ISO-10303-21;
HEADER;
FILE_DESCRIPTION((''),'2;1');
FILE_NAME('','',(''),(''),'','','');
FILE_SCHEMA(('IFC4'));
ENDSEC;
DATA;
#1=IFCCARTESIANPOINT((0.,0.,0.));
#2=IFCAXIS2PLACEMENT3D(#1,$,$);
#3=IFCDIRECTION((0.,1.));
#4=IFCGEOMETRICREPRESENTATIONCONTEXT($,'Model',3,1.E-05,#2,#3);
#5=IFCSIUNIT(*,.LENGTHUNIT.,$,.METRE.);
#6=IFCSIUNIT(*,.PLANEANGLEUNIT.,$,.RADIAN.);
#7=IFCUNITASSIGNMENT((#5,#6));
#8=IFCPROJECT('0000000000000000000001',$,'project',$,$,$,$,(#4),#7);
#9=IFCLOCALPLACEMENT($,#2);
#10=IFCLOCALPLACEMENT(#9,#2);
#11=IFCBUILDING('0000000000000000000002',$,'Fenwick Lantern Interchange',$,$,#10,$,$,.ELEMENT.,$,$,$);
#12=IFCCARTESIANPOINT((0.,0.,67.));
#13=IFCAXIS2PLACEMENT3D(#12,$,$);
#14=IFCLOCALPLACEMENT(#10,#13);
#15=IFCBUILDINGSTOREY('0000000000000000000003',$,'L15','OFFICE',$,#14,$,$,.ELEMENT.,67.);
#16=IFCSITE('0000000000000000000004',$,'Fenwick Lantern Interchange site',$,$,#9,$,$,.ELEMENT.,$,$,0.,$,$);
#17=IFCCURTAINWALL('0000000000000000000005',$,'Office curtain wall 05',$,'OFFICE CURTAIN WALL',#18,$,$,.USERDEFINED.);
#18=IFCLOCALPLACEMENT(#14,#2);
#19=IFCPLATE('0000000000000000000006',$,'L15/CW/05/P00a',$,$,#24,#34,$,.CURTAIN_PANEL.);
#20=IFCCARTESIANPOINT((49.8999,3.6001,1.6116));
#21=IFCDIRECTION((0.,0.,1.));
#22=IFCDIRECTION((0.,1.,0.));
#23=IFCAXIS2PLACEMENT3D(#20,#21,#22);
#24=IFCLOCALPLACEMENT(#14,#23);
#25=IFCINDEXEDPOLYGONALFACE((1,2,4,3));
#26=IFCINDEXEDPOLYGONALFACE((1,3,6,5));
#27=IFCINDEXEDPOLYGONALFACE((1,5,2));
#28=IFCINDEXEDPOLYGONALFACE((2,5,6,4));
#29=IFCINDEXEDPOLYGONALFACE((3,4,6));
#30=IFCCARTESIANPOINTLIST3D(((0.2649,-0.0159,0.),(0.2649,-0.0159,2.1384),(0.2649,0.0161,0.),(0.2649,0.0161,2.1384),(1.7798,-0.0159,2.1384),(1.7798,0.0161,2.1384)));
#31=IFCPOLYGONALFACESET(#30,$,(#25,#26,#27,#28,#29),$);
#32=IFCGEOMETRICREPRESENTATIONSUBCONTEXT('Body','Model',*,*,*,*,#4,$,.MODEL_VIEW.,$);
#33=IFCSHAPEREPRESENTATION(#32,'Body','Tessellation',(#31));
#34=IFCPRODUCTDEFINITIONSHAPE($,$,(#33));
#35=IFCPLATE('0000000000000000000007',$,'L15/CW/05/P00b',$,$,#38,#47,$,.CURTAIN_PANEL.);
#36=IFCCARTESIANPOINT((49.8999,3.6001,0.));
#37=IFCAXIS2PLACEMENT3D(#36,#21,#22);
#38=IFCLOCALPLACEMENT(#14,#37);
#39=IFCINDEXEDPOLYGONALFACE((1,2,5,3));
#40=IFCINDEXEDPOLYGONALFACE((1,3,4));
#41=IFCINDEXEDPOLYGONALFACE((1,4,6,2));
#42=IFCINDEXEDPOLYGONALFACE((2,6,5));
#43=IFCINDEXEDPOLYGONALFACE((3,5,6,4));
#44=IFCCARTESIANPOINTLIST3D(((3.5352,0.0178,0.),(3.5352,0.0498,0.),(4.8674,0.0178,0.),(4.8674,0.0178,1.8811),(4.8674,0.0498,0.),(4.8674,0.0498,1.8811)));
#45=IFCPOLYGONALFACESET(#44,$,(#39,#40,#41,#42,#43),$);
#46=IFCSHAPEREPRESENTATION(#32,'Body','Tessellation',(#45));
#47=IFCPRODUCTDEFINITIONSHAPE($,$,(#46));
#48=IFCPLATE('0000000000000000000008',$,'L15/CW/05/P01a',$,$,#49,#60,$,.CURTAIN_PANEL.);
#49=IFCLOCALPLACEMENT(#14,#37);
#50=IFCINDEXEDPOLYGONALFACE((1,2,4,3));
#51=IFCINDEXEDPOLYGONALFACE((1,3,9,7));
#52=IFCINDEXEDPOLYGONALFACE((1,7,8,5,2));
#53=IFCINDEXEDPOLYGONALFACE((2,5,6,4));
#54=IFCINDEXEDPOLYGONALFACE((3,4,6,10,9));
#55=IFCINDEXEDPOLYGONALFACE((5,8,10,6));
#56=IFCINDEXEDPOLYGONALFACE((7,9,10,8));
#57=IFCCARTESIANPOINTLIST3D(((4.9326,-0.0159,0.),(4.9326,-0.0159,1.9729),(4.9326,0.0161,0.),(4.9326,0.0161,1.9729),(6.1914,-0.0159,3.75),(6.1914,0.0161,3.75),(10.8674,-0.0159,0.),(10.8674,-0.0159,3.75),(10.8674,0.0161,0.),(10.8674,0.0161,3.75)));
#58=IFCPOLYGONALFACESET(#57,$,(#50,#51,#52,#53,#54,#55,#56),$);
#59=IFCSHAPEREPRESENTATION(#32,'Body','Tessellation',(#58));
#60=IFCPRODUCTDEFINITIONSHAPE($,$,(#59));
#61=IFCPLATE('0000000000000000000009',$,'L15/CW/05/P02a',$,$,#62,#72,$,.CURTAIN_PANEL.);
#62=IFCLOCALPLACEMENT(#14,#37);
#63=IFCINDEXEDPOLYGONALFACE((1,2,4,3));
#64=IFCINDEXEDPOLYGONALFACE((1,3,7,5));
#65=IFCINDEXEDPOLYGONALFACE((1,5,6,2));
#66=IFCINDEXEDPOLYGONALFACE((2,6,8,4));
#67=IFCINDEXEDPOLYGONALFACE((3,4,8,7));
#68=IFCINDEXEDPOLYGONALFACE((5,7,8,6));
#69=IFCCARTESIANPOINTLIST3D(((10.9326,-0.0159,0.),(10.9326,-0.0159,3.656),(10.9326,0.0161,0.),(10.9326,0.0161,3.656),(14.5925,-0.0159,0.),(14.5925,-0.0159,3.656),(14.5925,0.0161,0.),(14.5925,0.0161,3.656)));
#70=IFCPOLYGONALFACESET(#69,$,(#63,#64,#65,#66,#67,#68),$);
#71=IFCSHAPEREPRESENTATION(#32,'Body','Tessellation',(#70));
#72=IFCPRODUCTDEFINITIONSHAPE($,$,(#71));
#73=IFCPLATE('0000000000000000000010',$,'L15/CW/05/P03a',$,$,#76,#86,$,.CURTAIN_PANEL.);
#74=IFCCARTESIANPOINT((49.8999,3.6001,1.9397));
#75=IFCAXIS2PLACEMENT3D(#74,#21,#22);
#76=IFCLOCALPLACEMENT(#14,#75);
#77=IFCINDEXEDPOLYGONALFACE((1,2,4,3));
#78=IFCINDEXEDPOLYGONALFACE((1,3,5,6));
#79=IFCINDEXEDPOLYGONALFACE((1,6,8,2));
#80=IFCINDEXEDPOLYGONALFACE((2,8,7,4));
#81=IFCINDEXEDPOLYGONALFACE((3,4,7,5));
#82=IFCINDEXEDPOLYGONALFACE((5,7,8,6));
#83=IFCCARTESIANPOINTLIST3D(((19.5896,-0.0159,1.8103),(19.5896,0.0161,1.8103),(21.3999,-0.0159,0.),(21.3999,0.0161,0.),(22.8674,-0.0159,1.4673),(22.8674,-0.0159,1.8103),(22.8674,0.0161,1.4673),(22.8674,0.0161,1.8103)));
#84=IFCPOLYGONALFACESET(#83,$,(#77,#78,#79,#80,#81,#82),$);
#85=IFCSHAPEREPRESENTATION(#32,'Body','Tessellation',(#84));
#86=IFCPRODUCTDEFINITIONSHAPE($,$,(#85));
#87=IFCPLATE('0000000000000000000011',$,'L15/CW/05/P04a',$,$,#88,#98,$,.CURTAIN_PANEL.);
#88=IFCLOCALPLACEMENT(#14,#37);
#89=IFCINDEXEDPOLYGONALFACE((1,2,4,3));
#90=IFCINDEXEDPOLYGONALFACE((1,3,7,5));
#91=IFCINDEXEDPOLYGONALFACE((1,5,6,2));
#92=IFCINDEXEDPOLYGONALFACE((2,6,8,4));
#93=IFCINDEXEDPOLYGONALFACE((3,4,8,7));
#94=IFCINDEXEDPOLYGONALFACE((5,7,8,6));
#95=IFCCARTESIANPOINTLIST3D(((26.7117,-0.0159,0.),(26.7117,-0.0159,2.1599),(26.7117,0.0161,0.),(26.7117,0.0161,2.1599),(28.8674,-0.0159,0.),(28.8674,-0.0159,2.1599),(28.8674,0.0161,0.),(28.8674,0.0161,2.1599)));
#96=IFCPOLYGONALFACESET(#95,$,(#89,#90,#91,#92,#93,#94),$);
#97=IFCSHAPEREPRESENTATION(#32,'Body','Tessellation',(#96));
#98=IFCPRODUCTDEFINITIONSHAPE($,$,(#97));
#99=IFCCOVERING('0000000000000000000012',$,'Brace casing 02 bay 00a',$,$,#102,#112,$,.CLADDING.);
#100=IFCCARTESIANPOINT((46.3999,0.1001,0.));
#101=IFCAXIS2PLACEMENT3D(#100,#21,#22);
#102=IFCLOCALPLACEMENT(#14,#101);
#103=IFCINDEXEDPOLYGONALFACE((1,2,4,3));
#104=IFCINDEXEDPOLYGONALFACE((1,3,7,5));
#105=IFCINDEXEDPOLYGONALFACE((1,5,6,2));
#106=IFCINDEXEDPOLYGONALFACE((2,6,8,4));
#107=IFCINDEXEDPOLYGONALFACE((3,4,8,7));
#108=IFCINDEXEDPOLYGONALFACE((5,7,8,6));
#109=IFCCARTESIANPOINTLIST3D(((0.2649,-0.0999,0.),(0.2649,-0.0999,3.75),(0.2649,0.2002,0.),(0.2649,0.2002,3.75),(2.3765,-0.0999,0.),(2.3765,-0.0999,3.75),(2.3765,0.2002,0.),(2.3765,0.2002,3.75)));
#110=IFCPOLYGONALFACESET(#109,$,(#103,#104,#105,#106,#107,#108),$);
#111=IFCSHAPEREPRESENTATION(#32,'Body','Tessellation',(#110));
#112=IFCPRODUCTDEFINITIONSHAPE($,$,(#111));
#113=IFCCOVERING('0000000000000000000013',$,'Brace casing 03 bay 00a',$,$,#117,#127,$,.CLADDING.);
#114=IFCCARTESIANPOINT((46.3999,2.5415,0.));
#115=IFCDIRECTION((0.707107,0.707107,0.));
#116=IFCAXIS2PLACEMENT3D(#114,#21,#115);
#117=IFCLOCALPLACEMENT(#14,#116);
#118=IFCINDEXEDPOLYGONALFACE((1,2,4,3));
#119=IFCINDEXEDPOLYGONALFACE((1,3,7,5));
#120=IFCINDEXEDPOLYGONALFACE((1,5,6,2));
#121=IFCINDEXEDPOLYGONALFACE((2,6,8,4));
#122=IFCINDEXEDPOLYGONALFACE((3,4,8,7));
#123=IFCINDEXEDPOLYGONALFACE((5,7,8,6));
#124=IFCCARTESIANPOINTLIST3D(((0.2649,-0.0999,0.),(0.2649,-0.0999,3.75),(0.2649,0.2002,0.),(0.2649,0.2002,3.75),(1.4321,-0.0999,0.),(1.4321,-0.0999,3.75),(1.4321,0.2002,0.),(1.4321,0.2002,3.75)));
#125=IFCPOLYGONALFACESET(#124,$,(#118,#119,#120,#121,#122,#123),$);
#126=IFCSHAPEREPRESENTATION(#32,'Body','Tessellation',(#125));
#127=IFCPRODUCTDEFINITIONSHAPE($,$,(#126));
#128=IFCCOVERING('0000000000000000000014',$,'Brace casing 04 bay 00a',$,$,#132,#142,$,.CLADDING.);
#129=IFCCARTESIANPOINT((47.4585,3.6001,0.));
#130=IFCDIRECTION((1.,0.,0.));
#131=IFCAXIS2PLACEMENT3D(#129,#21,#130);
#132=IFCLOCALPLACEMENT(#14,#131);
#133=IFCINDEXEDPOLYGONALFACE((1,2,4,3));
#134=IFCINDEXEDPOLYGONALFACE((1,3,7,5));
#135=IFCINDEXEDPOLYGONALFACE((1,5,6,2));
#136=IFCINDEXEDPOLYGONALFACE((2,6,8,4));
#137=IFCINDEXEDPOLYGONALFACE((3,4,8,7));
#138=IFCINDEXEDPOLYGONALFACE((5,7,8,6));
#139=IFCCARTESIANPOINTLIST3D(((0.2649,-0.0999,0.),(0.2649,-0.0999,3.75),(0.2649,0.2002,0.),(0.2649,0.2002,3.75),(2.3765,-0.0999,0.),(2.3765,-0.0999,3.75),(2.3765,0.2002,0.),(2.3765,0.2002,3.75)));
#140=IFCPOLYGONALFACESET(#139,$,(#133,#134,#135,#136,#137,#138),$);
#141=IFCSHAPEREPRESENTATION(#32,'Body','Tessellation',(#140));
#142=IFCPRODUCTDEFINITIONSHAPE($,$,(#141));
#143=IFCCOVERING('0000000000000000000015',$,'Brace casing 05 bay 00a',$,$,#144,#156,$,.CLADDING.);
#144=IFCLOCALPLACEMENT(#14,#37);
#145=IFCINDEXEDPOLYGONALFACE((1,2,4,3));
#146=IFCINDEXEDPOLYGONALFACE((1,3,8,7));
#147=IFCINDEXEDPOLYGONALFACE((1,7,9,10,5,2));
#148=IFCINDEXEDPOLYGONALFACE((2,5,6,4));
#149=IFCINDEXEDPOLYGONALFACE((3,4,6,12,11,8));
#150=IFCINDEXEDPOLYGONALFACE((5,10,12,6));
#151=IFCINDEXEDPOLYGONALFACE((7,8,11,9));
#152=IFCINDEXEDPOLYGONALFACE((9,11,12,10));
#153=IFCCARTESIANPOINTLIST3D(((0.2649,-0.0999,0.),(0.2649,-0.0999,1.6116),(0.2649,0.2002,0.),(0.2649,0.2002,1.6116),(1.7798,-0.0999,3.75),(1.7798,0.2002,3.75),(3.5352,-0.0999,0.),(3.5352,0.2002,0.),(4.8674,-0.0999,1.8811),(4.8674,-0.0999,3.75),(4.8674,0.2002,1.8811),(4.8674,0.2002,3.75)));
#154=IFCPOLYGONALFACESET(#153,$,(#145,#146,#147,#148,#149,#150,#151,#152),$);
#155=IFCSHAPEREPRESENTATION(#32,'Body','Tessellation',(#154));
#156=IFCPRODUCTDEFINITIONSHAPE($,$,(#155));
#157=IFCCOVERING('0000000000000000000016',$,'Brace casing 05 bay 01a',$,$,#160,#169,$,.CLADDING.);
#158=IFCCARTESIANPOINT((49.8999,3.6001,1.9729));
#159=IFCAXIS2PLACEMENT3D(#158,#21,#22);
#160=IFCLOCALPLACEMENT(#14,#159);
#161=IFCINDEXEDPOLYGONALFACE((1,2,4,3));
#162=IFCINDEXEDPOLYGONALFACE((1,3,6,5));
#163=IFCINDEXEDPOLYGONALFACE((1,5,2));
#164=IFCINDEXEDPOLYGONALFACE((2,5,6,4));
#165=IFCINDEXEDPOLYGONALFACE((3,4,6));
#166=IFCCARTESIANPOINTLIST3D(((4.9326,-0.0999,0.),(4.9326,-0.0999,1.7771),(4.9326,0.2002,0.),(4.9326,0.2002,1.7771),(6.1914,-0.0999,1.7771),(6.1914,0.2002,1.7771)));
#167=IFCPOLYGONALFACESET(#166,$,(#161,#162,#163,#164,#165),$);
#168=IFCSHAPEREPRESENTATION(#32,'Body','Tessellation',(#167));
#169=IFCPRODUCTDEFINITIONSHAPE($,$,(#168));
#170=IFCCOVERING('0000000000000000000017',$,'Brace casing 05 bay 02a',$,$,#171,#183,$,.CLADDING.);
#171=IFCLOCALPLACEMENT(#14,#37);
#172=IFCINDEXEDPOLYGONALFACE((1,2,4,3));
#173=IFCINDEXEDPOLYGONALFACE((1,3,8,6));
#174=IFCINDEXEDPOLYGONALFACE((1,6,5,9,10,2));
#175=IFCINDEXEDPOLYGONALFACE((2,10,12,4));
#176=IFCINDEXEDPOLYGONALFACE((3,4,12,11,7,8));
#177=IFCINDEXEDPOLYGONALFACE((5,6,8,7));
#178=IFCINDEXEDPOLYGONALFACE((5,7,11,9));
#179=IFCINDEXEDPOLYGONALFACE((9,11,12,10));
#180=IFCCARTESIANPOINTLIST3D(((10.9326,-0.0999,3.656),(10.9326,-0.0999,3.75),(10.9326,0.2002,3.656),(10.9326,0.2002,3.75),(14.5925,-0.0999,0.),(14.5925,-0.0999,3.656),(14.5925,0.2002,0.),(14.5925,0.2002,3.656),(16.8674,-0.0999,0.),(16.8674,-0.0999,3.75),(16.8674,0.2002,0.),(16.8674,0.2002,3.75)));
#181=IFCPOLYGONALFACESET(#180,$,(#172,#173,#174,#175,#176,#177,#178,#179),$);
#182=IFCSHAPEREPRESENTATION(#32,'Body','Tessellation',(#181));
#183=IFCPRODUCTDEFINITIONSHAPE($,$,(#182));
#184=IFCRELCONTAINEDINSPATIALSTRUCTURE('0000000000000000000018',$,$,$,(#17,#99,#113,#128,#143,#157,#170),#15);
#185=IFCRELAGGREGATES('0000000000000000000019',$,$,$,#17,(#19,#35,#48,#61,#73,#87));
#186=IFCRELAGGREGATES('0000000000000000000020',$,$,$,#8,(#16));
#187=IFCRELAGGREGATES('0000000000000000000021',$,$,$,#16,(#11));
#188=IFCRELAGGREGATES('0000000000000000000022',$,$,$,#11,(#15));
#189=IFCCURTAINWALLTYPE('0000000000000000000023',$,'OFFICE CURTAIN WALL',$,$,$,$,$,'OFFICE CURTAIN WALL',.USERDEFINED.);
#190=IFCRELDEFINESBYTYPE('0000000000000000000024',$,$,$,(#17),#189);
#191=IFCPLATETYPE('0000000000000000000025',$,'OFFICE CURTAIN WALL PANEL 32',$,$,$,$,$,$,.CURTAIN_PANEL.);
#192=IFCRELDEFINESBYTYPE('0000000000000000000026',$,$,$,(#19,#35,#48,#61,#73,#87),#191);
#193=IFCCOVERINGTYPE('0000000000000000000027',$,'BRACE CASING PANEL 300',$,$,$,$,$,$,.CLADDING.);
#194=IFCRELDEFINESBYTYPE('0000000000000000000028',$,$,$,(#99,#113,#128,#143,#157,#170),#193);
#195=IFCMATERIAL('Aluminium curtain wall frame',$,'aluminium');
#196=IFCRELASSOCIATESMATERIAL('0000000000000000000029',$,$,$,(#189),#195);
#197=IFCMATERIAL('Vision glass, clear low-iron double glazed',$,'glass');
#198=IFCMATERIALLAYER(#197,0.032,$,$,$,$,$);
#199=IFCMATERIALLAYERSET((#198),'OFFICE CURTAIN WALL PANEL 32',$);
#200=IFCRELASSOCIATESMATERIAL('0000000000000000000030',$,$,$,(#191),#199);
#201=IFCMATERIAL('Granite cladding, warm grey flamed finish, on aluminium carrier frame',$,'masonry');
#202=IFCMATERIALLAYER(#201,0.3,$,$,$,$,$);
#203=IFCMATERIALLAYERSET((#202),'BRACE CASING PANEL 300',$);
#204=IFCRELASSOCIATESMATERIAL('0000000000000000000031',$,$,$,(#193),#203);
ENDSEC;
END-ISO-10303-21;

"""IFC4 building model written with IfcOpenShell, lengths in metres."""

from ifc_helpers import new_model, si_unit, direction, frame, origin, place, context, subcontext, project, spatial, polyline, outline, extrude, material, layer, layer_set, type_object, element, aggregate, save


model = new_model("IFC4")

# Units and contexts
model_context = context("Model", 3, precision=1e-05, world=origin(), true_north=direction((0.0, 1.0)))
body_context = subcontext(model_context, "Body", "Model", "MODEL_VIEW")
ifc_project = project(units=[si_unit("LENGTHUNIT", "METRE"), si_unit("PLANEANGLEUNIT", "RADIAN")], contexts=[model_context])

# Site, building, storey
site_placement = place(None, origin())
site = spatial("IfcSite", under=ifc_project, at=site_placement, Name="Fenwick Lantern Interchange site", CompositionType="ELEMENT", RefElevation=0.0)
building_placement = place(site_placement, origin())
building = spatial("IfcBuilding", under=site, at=building_placement, Name="Fenwick Lantern Interchange", CompositionType="ELEMENT")
storey_placement = place(building_placement, frame((0.0, 0.0, 67.0)))
storey = spatial("IfcBuildingStorey", under=building, at=storey_placement, Name="L15", Description="OFFICE", CompositionType="ELEMENT", Elevation=67.0)

# Shared definitions
ifc_material_1 = material(Name="Aluminium curtain wall frame", Category="aluminium")
curtain_wall_type = type_object("IfcCurtainWallType", Name="OFFICE CURTAIN WALL", ElementType="OFFICE CURTAIN WALL", PredefinedType="USERDEFINED", material=ifc_material_1)

# Curtain wall, plates
curtain_wall_1_placement = place(storey_placement, origin())
curtain_wall_1 = element("IfcCurtainWall", 1, at=curtain_wall_1_placement, inside=storey, type_object=curtain_wall_type, Name="Office curtain wall 05", ObjectType="OFFICE CURTAIN WALL", PredefinedType="USERDEFINED")
ifc_material_2 = material(Name="Vision glass, clear low-iron double glazed", Category="glass")
ifc_layer_1 = layer(ifc_material_2, 0.032)
ifc_layer_set_1 = layer_set([ifc_layer_1], Name="OFFICE CURTAIN WALL PANEL 32")
plate_type = type_object("IfcPlateType", Name="OFFICE CURTAIN WALL PANEL 32", PredefinedType="CURTAIN_PANEL", material=ifc_layer_set_1)
plate_1_placement = place(storey_placement, frame((49.8999, 3.6001, 1.6116), z_axis=(0.0, 0.0, 1.0), x_axis=(0.0, 1.0, 0.0)))
plate_1 = element("IfcPlate", 2, at=plate_1_placement, type_object=plate_type, Name="L15/CW/05/P00a", PredefinedType="CURTAIN_PANEL", context=body_context, shape_type="SweptSolid", body=[
    extrude(outline(polyline([(0.2649, 0.0), (1.7798, 2.1384), (0.2649, 2.1384), (0.2649, 0.0)])), frame((0.0, 0.0161, 0.0), z_axis=(0.0, -1.0, 0.0), x_axis=(1.0, 0.0, 0.0)), (0.0, 0.0, 1.0), 0.032),
])
plate_2_placement = place(storey_placement, frame((49.8999, 3.6001, 0.0), z_axis=(0.0, 0.0, 1.0), x_axis=(0.0, 1.0, 0.0)))
plate_2 = element("IfcPlate", 3, at=plate_2_placement, type_object=plate_type, Name="L15/CW/05/P00b", PredefinedType="CURTAIN_PANEL", context=body_context, shape_type="SweptSolid", body=[
    extrude(outline(polyline([(3.5352, 0.0), (4.8674, 0.0), (4.8674, 1.8811), (3.5352, 0.0)])), frame((0.0, 0.0498, 0.0), z_axis=(0.0, -1.0, 0.0), x_axis=(1.0, 0.0, 0.0)), (0.0, 0.0, 1.0), 0.032),
])
plate_3_placement = place(storey_placement, frame((49.8999, 3.6001, 0.0), z_axis=(0.0, 0.0, 1.0), x_axis=(0.0, 1.0, 0.0)))
plate_3 = element("IfcPlate", 4, at=plate_3_placement, type_object=plate_type, Name="L15/CW/05/P01a", PredefinedType="CURTAIN_PANEL", context=body_context, shape_type="SweptSolid", body=[
    extrude(outline(polyline([(4.9326, 0.0), (10.8674, 0.0), (10.8674, 3.75), (6.1914, 3.75), (4.9326, 1.9729), (4.9326, 0.0)])), frame((0.0, 0.0161, 0.0), z_axis=(0.0, -1.0, 0.0), x_axis=(1.0, 0.0, 0.0)), (0.0, 0.0, 1.0), 0.032),
])
plate_4_placement = place(storey_placement, frame((49.8999, 3.6001, 0.0), z_axis=(0.0, 0.0, 1.0), x_axis=(0.0, 1.0, 0.0)))
plate_4 = element("IfcPlate", 5, at=plate_4_placement, type_object=plate_type, Name="L15/CW/05/P02a", PredefinedType="CURTAIN_PANEL", context=body_context, shape_type="SweptSolid", body=[
    extrude(outline(polyline([(10.9326, 0.0), (14.5925, 0.0), (14.5925, 3.656), (10.9326, 3.656), (10.9326, 0.0)])), frame((0.0, 0.0161, 0.0), z_axis=(0.0, -1.0, 0.0), x_axis=(1.0, 0.0, 0.0)), (0.0, 0.0, 1.0), 0.032),
])
plate_5_placement = place(storey_placement, frame((49.8999, 3.6001, 1.9397), z_axis=(0.0, 0.0, 1.0), x_axis=(0.0, 1.0, 0.0)))
plate_5 = element("IfcPlate", 6, at=plate_5_placement, type_object=plate_type, Name="L15/CW/05/P03a", PredefinedType="CURTAIN_PANEL", context=body_context, shape_type="SweptSolid", body=[
    extrude(outline(polyline([(21.3999, 0.0), (22.8674, 1.4673), (22.8674, 1.8103), (19.5896, 1.8103), (21.3999, 0.0)])), frame((0.0, 0.0161, 0.0), z_axis=(0.0, -1.0, 0.0), x_axis=(1.0, 0.0, 0.0)), (0.0, 0.0, 1.0), 0.032),
])
plate_6_placement = place(storey_placement, frame((49.8999, 3.6001, 0.0), z_axis=(0.0, 0.0, 1.0), x_axis=(0.0, 1.0, 0.0)))
plate_6 = element("IfcPlate", 7, at=plate_6_placement, type_object=plate_type, Name="L15/CW/05/P04a", PredefinedType="CURTAIN_PANEL", context=body_context, shape_type="SweptSolid", body=[
    extrude(outline(polyline([(26.7117, 0.0), (28.8674, 0.0), (28.8674, 2.1599), (26.7117, 2.1599), (26.7117, 0.0)])), frame((0.0, 0.0161, 0.0), z_axis=(0.0, -1.0, 0.0), x_axis=(1.0, 0.0, 0.0)), (0.0, 0.0, 1.0), 0.032),
])
aggregate(curtain_wall_1, [plate_1, plate_2, plate_3, plate_4, plate_5, plate_6])

# Coverings
ifc_material_3 = material(Name="Granite cladding, warm grey flamed finish, on aluminium carrier frame", Category="masonry")
ifc_layer_2 = layer(ifc_material_3, 0.3)
ifc_layer_set_2 = layer_set([ifc_layer_2], Name="BRACE CASING PANEL 300")
covering_type = type_object("IfcCoveringType", Name="BRACE CASING PANEL 300", PredefinedType="CLADDING", material=ifc_layer_set_2)
covering_1_placement = place(storey_placement, frame((46.3999, 0.1001, 0.0), z_axis=(0.0, 0.0, 1.0), x_axis=(0.0, 1.0, 0.0)))
element("IfcCovering", 8, at=covering_1_placement, inside=storey, type_object=covering_type, Name="Brace casing 02 bay 00a", PredefinedType="CLADDING", context=body_context, shape_type="SweptSolid", body=[
    extrude(outline(polyline([(0.2649, 0.0), (2.3765, 0.0), (2.3765, 3.75), (0.2649, 3.75), (0.2649, 0.0)])), frame((0.0, 0.2002, 0.0), z_axis=(0.0, -1.0, 0.0), x_axis=(1.0, 0.0, 0.0)), (0.0, 0.0, 1.0), 0.3),
])
covering_2_placement = place(storey_placement, frame((46.3999, 2.5415, 0.0), z_axis=(0.0, 0.0, 1.0), x_axis=(0.707107, 0.707107, 0.0)))
element("IfcCovering", 9, at=covering_2_placement, inside=storey, type_object=covering_type, Name="Brace casing 03 bay 00a", PredefinedType="CLADDING", context=body_context, shape_type="SweptSolid", body=[
    extrude(outline(polyline([(0.2649, 0.0), (1.4321, 0.0), (1.4321, 3.75), (0.2649, 3.75), (0.2649, 0.0)])), frame((0.0, 0.2002, 0.0), z_axis=(0.0, -1.0, 0.0), x_axis=(1.0, 0.0, 0.0)), (0.0, 0.0, 1.0), 0.3),
])
covering_3_placement = place(storey_placement, frame((47.4585, 3.6001, 0.0), z_axis=(0.0, 0.0, 1.0), x_axis=(1.0, 0.0, 0.0)))
element("IfcCovering", 10, at=covering_3_placement, inside=storey, type_object=covering_type, Name="Brace casing 04 bay 00a", PredefinedType="CLADDING", context=body_context, shape_type="SweptSolid", body=[
    extrude(outline(polyline([(0.2649, 0.0), (2.3765, 0.0), (2.3765, 3.75), (0.2649, 3.75), (0.2649, 0.0)])), frame((0.0, 0.2002, 0.0), z_axis=(0.0, -1.0, 0.0), x_axis=(1.0, 0.0, 0.0)), (0.0, 0.0, 1.0), 0.3),
])
covering_4_placement = place(storey_placement, frame((49.8999, 3.6001, 0.0), z_axis=(0.0, 0.0, 1.0), x_axis=(0.0, 1.0, 0.0)))
element("IfcCovering", 11, at=covering_4_placement, inside=storey, type_object=covering_type, Name="Brace casing 05 bay 00a", PredefinedType="CLADDING", context=body_context, shape_type="SweptSolid", body=[
    extrude(outline(polyline([(0.2649, 0.0), (3.5352, 0.0), (4.8674, 1.8811), (4.8674, 3.75), (1.7798, 3.75), (0.2649, 1.6116), (0.2649, 0.0)])), frame((0.0, 0.2002, 0.0), z_axis=(0.0, -1.0, 0.0), x_axis=(1.0, 0.0, 0.0)), (0.0, 0.0, 1.0), 0.3),
])
covering_5_placement = place(storey_placement, frame((49.8999, 3.6001, 1.9729), z_axis=(0.0, 0.0, 1.0), x_axis=(0.0, 1.0, 0.0)))
element("IfcCovering", 12, at=covering_5_placement, inside=storey, type_object=covering_type, Name="Brace casing 05 bay 01a", PredefinedType="CLADDING", context=body_context, shape_type="SweptSolid", body=[
    extrude(outline(polyline([(4.9326, 0.0), (6.1914, 1.7771), (4.9326, 1.7771), (4.9326, 0.0)])), frame((0.0, 0.2002, 0.0), z_axis=(0.0, -1.0, 0.0), x_axis=(1.0, 0.0, 0.0)), (0.0, 0.0, 1.0), 0.3),
])
covering_6_placement = place(storey_placement, frame((49.8999, 3.6001, 0.0), z_axis=(0.0, 0.0, 1.0), x_axis=(0.0, 1.0, 0.0)))
element("IfcCovering", 13, at=covering_6_placement, inside=storey, type_object=covering_type, Name="Brace casing 05 bay 02a", PredefinedType="CLADDING", context=body_context, shape_type="SweptSolid", body=[
    extrude(outline(polyline([(14.5925, 0.0), (16.8674, 0.0), (16.8674, 3.75), (10.9326, 3.75), (10.9326, 3.656), (14.5925, 3.656), (14.5925, 0.0)])), frame((0.0, 0.2002, 0.0), z_axis=(0.0, -1.0, 0.0), x_axis=(1.0, 0.0, 0.0)), (0.0, 0.0, 1.0), 0.3),
])

save(model, "model.ifc")
